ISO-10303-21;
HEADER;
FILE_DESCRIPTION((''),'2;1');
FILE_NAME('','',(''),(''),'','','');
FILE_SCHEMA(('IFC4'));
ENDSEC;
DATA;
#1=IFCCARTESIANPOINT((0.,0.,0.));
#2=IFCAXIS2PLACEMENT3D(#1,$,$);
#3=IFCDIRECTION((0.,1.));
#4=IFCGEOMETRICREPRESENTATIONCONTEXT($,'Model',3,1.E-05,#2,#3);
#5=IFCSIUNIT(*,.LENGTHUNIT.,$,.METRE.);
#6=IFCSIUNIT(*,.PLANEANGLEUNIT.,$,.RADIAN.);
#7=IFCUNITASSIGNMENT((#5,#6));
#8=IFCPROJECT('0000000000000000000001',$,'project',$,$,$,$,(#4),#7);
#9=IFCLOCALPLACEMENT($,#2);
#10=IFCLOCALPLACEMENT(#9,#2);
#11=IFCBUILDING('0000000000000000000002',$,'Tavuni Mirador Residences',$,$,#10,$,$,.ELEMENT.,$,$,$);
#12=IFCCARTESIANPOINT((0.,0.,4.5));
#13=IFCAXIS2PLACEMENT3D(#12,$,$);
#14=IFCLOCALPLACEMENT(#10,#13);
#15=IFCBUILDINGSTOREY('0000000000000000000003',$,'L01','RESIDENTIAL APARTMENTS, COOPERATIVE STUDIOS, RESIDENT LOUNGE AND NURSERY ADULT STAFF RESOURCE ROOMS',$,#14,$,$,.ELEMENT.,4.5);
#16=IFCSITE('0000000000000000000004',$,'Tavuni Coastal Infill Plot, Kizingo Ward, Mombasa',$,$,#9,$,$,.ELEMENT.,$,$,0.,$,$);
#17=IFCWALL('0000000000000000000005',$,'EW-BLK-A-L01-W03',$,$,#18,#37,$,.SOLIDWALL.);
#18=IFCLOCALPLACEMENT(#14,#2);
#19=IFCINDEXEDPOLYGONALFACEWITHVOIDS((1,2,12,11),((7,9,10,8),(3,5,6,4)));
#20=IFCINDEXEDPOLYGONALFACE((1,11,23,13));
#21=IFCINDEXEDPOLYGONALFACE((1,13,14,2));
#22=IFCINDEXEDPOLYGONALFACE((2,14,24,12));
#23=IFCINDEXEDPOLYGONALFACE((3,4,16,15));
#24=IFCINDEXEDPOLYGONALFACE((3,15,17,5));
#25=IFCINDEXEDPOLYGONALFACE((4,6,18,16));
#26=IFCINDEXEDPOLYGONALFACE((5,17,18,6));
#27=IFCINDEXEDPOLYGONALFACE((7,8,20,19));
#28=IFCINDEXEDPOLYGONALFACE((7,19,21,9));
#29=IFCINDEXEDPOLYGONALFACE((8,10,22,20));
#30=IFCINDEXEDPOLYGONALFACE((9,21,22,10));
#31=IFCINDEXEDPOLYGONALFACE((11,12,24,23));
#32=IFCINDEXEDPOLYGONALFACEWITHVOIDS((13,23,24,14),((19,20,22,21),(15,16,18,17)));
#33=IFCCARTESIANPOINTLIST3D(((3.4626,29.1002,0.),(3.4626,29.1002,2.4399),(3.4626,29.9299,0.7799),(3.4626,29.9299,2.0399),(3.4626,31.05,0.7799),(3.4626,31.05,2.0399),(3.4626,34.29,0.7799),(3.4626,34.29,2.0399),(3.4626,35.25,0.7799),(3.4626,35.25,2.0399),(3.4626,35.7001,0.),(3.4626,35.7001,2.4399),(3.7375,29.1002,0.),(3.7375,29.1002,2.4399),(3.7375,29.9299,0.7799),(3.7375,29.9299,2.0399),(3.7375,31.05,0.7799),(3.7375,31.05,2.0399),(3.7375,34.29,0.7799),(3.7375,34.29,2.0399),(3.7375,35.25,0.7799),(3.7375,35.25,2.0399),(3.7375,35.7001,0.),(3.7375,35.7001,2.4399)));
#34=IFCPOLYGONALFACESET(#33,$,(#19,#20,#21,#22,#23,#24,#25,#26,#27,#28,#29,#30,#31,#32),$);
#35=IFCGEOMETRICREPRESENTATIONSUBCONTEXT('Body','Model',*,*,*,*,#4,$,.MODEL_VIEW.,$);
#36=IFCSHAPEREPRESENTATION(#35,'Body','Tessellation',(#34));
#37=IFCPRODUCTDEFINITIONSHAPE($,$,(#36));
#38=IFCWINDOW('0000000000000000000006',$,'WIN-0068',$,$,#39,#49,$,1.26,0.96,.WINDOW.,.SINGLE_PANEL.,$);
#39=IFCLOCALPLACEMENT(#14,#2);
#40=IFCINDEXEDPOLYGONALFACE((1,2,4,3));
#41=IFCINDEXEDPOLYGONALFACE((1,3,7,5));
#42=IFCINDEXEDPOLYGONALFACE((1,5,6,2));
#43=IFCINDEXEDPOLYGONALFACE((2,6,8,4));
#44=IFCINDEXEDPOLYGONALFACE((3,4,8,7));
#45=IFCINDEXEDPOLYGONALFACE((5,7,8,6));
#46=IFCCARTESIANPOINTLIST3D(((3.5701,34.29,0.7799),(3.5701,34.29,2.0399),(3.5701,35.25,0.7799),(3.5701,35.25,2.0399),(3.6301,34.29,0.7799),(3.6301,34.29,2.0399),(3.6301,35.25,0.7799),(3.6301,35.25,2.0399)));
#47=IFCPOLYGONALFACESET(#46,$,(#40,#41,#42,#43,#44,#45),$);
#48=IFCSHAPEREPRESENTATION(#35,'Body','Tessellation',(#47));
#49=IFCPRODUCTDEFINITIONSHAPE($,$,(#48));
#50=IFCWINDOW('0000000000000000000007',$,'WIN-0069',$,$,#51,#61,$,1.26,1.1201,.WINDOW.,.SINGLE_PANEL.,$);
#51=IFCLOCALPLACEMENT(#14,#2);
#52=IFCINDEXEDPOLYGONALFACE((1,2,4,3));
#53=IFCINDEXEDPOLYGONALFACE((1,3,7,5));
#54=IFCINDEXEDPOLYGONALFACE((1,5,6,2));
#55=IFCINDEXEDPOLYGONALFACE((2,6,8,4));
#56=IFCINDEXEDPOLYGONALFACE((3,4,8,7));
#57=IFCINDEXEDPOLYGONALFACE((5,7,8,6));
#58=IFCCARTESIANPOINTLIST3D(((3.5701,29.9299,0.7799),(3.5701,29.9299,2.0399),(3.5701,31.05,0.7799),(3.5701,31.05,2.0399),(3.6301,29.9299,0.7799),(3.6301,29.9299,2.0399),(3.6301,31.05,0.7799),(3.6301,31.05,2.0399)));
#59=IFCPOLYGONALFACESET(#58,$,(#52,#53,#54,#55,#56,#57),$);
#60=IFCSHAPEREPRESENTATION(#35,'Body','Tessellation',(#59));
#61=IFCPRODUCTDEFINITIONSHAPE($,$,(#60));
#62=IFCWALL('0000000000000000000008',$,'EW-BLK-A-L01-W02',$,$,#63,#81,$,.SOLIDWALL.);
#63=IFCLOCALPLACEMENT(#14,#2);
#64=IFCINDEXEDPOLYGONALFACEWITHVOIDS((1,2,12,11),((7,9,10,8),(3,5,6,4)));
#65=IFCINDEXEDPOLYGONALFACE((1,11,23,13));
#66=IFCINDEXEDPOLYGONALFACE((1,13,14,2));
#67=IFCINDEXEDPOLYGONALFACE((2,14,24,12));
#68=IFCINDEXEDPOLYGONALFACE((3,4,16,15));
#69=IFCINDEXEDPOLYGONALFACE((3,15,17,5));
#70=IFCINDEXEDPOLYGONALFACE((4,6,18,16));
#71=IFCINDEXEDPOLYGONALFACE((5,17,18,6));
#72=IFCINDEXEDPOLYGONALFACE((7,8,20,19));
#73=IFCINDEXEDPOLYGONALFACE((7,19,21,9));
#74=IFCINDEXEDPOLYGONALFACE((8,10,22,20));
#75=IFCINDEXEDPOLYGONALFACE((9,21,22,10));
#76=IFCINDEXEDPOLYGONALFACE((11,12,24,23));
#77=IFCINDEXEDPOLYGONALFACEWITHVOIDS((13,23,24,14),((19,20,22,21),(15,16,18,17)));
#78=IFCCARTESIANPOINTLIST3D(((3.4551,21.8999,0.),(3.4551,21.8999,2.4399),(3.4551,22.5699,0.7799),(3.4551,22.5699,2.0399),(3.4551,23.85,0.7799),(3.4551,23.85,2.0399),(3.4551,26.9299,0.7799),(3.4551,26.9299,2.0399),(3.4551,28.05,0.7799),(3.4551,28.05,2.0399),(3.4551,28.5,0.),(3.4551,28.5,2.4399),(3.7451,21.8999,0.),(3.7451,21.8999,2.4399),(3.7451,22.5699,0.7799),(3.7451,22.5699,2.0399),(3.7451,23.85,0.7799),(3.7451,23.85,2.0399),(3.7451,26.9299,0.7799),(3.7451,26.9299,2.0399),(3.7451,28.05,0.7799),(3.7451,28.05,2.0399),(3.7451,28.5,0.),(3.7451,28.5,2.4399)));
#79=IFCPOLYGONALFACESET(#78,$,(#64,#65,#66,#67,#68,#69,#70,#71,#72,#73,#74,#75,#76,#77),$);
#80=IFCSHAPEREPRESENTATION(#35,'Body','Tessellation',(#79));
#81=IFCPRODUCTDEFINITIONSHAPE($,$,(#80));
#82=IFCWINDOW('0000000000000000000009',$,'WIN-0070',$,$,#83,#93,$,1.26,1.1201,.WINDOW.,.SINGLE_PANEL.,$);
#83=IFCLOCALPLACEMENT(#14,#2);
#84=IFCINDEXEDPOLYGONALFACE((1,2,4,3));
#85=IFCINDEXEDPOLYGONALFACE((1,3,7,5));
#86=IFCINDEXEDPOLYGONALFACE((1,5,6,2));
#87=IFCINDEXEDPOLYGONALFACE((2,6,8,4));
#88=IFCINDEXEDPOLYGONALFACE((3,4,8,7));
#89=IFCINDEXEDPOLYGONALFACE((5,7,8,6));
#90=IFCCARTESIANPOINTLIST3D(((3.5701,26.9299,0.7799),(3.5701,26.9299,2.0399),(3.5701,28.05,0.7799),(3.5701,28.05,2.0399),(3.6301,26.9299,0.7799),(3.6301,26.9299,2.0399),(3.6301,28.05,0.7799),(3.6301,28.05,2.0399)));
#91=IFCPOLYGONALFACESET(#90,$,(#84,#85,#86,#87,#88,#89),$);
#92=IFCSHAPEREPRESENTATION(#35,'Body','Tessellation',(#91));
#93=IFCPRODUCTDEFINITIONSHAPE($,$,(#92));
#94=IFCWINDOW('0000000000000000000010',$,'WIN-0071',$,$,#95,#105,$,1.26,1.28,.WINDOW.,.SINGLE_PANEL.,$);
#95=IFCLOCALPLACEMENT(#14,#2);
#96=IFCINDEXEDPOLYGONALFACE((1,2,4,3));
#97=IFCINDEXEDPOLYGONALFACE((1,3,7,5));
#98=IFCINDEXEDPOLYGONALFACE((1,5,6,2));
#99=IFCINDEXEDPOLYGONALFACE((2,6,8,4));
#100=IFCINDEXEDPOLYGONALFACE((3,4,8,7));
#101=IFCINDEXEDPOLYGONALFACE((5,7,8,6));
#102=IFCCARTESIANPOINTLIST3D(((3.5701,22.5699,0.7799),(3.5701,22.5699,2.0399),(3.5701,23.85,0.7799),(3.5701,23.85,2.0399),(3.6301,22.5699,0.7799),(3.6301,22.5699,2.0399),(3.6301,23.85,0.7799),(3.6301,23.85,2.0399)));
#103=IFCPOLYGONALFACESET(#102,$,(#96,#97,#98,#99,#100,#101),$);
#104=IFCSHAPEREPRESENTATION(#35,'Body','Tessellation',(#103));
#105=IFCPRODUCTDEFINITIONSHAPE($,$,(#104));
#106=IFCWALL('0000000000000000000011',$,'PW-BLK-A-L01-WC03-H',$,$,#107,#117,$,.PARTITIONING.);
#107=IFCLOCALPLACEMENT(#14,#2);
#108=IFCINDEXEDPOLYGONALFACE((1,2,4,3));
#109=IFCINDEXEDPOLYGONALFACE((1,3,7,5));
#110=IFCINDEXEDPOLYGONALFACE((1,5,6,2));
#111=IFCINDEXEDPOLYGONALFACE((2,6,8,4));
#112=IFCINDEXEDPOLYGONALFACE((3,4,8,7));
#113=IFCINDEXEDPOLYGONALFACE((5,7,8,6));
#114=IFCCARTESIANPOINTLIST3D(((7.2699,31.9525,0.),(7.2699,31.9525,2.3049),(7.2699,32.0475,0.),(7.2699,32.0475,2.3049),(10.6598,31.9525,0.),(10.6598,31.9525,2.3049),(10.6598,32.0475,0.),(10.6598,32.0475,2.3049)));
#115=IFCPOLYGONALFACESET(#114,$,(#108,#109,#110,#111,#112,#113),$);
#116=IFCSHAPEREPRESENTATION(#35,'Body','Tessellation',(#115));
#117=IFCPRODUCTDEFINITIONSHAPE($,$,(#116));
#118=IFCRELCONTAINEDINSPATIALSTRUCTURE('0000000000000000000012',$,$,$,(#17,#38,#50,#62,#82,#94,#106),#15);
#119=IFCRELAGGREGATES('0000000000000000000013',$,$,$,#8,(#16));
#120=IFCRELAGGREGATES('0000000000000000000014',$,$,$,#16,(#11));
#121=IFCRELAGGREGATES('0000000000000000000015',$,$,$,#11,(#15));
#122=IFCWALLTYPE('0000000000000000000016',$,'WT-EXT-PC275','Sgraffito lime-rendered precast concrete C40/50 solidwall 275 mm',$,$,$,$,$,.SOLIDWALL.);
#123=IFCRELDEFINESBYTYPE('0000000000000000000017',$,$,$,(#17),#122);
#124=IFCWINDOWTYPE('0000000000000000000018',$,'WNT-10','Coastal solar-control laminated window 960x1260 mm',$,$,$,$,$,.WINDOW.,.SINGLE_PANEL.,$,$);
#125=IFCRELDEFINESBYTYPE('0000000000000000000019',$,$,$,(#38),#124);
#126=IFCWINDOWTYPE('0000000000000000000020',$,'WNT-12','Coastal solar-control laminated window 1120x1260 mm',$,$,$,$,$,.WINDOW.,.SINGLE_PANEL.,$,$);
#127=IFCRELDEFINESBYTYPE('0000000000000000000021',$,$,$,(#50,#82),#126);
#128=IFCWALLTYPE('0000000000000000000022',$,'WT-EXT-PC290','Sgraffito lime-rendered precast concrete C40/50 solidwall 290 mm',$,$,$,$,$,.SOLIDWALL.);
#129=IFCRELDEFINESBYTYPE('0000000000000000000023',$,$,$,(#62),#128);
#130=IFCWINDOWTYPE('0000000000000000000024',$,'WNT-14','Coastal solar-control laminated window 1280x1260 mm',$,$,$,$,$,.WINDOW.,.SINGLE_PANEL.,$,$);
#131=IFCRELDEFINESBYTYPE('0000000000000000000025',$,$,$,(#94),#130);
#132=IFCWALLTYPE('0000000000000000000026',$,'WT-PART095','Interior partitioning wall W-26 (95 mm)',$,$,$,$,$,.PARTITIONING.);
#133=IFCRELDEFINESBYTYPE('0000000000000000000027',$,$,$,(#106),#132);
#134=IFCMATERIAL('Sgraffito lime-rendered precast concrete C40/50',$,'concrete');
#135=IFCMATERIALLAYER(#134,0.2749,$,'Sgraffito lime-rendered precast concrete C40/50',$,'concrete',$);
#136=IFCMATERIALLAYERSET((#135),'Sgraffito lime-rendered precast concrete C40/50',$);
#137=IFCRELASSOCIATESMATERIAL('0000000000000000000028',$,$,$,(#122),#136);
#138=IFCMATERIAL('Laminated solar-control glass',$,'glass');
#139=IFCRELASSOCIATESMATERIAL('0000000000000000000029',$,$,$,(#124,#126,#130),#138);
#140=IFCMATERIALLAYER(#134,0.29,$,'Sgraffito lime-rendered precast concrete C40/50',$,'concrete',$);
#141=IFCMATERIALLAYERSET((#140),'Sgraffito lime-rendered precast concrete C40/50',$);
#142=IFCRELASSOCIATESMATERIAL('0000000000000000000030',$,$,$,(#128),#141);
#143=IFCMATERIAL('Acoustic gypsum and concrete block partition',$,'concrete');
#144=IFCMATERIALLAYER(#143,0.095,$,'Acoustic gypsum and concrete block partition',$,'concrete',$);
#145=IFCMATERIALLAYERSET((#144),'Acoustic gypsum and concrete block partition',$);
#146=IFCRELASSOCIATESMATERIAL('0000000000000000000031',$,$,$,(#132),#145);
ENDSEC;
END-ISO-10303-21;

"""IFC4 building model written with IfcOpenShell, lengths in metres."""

from ifc_helpers import new_model, si_unit, direction, frame, frame_2d, origin, place, context, subcontext, project, spatial, rectangle, extrude, material, layer, layer_set, type_object, element, fill, save


model = new_model("IFC4")

# Units and contexts
model_context = context("Model", 3, precision=1e-05, world=origin(), true_north=direction((0.0, 1.0)))
body_context = subcontext(model_context, "Body", "Model", "MODEL_VIEW")
ifc_project = project(units=[si_unit("LENGTHUNIT", "METRE"), si_unit("PLANEANGLEUNIT", "RADIAN")], contexts=[model_context])

# Site, building, storey
site_placement = place(None, origin())
site = spatial("IfcSite", under=ifc_project, at=site_placement, Name="Tavuni Coastal Infill Plot, Kizingo Ward, Mombasa", CompositionType="ELEMENT", RefElevation=0.0)
building_placement = place(site_placement, origin())
building = spatial("IfcBuilding", under=site, at=building_placement, Name="Tavuni Mirador Residences", CompositionType="ELEMENT")
storey_placement = place(building_placement, frame((0.0, 0.0, 4.5)))
storey = spatial("IfcBuildingStorey", under=building, at=storey_placement, Name="L01", Description="RESIDENTIAL APARTMENTS, COOPERATIVE STUDIOS, RESIDENT LOUNGE AND NURSERY ADULT STAFF RESOURCE ROOMS", CompositionType="ELEMENT", Elevation=4.5)

# Walls, openings, windows
ifc_material_1 = material(Name="Sgraffito lime-rendered precast concrete C40/50", Category="concrete")
ifc_layer_1 = layer(ifc_material_1, 0.2749, Name="Sgraffito lime-rendered precast concrete C40/50", Category="concrete")
ifc_layer_set_1 = layer_set([ifc_layer_1], Name="Sgraffito lime-rendered precast concrete C40/50")
wall_type_1 = type_object("IfcWallType", Name="WT-EXT-PC275", Description="Sgraffito lime-rendered precast concrete C40/50 solidwall 275 mm", PredefinedType="SOLIDWALL", material=ifc_layer_set_1)
wall_1_placement = place(storey_placement, frame((3.6001, 35.7, 0.0), z_axis=(0.0, 0.0, 1.0), x_axis=(0.0, -1.0, 0.0)))
wall_1 = element("IfcWall", 1, at=wall_1_placement, inside=storey, type_object=wall_type_1, Name="EW-BLK-A-L01-W03", PredefinedType="SOLIDWALL", context=body_context, shape_type="SweptSolid", body=[
    extrude(rectangle(XDim=6.5999, YDim=0.2749, at=frame_2d((3.2998, 0.0))), origin(), (0.0, 0.0, 1.0), 2.4399),
])
opening_1_placement = place(wall_1_placement, frame((0.45, 0.0, 0.78)))
opening_1 = element("IfcOpeningElement", 2, at=opening_1_placement, cuts=wall_1, PredefinedType="OPENING", context=body_context, shape_type="SweptSolid", body=[
    extrude(rectangle(XDim=0.96, YDim=1.26, at=frame_2d((0.48, 0.6299))), frame((0.0, 0.1475, 0.0), z_axis=(0.0, -1.0, 0.0), x_axis=(1.0, 0.0, 0.0)), (0.0, 0.0, 1.0), 0.2949),
])
opening_2_placement = place(wall_1_placement, frame((4.6499, 0.0, 0.78)))
opening_2 = element("IfcOpeningElement", 3, at=opening_2_placement, cuts=wall_1, PredefinedType="OPENING", context=body_context, shape_type="SweptSolid", body=[
    extrude(rectangle(XDim=1.1201, YDim=1.26, at=frame_2d((0.5601, 0.6299))), frame((0.0, 0.1475, 0.0), z_axis=(0.0, -1.0, 0.0), x_axis=(1.0, 0.0, 0.0)), (0.0, 0.0, 1.0), 0.2949),
])
ifc_material_2 = material(Name="Laminated solar-control glass", Category="glass")
window_type_1 = type_object("IfcWindowType", Name="WNT-10", Description="Coastal solar-control laminated window 960x1260 mm", PartitioningType="SINGLE_PANEL", PredefinedType="WINDOW", material=ifc_material_2)
window_1_placement = place(opening_1_placement, origin())
window_1 = element("IfcWindow", 4, at=window_1_placement, inside=storey, type_object=window_type_1, Name="WIN-0068", OverallHeight=1.26, OverallWidth=0.96, PartitioningType="SINGLE_PANEL", PredefinedType="WINDOW", context=body_context, shape_type="SweptSolid", body=[
    extrude(rectangle(XDim=0.96, YDim=1.26, at=frame_2d((0.48, 0.6299))), frame((0.0, 0.03, 0.0), z_axis=(0.0, -1.0, 0.0), x_axis=(1.0, 0.0, 0.0)), (0.0, 0.0, 1.0), 0.0601),
])
fill(opening_1, window_1)
window_type_2 = type_object("IfcWindowType", Name="WNT-12", Description="Coastal solar-control laminated window 1120x1260 mm", PartitioningType="SINGLE_PANEL", PredefinedType="WINDOW", material=ifc_material_2)
window_2_placement = place(opening_2_placement, origin())
window_2 = element("IfcWindow", 5, at=window_2_placement, inside=storey, type_object=window_type_2, Name="WIN-0069", OverallHeight=1.26, OverallWidth=1.1201, PartitioningType="SINGLE_PANEL", PredefinedType="WINDOW", context=body_context, shape_type="SweptSolid", body=[
    extrude(rectangle(XDim=1.1201, YDim=1.26, at=frame_2d((0.5601, 0.6299))), frame((0.0, 0.03, 0.0), z_axis=(0.0, -1.0, 0.0), x_axis=(1.0, 0.0, 0.0)), (0.0, 0.0, 1.0), 0.0601),
])
fill(opening_2, window_2)
ifc_layer_2 = layer(ifc_material_1, 0.29, Name="Sgraffito lime-rendered precast concrete C40/50", Category="concrete")
ifc_layer_set_2 = layer_set([ifc_layer_2], Name="Sgraffito lime-rendered precast concrete C40/50")
wall_type_2 = type_object("IfcWallType", Name="WT-EXT-PC290", Description="Sgraffito lime-rendered precast concrete C40/50 solidwall 290 mm", PredefinedType="SOLIDWALL", material=ifc_layer_set_2)
wall_2_placement = place(storey_placement, frame((3.6001, 28.5, 0.0), z_axis=(0.0, 0.0, 1.0), x_axis=(0.0, -1.0, 0.0)))
wall_2 = element("IfcWall", 6, at=wall_2_placement, inside=storey, type_object=wall_type_2, Name="EW-BLK-A-L01-W02", PredefinedType="SOLIDWALL", context=body_context, shape_type="SweptSolid", body=[
    extrude(rectangle(XDim=6.6001, YDim=0.29, at=frame_2d((3.3, 0.0))), origin(), (0.0, 0.0, 1.0), 2.4399),
])
opening_3_placement = place(wall_2_placement, frame((0.45, 0.0, 0.78)))
opening_3 = element("IfcOpeningElement", 7, at=opening_3_placement, cuts=wall_2, PredefinedType="OPENING", context=body_context, shape_type="SweptSolid", body=[
    extrude(rectangle(XDim=1.1201, YDim=1.26, at=frame_2d((0.5601, 0.6299))), frame((0.0, 0.155, 0.0), z_axis=(0.0, -1.0, 0.0), x_axis=(1.0, 0.0, 0.0)), (0.0, 0.0, 1.0), 0.3101),
])
opening_4_placement = place(wall_2_placement, frame((4.6499, 0.0, 0.78)))
opening_4 = element("IfcOpeningElement", 8, at=opening_4_placement, cuts=wall_2, PredefinedType="OPENING", context=body_context, shape_type="SweptSolid", body=[
    extrude(rectangle(XDim=1.28, YDim=1.26, at=frame_2d((0.6401, 0.6299))), frame((0.0, 0.155, 0.0), z_axis=(0.0, -1.0, 0.0), x_axis=(1.0, 0.0, 0.0)), (0.0, 0.0, 1.0), 0.3101),
])
window_3_placement = place(opening_3_placement, origin())
window_3 = element("IfcWindow", 9, at=window_3_placement, inside=storey, type_object=window_type_2, Name="WIN-0070", OverallHeight=1.26, OverallWidth=1.1201, PartitioningType="SINGLE_PANEL", PredefinedType="WINDOW", context=body_context, shape_type="SweptSolid", body=[
    extrude(rectangle(XDim=1.1201, YDim=1.26, at=frame_2d((0.5601, 0.6299))), frame((0.0, 0.03, 0.0), z_axis=(0.0, -1.0, 0.0), x_axis=(1.0, 0.0, 0.0)), (0.0, 0.0, 1.0), 0.0601),
])
fill(opening_3, window_3)
window_type_3 = type_object("IfcWindowType", Name="WNT-14", Description="Coastal solar-control laminated window 1280x1260 mm", PartitioningType="SINGLE_PANEL", PredefinedType="WINDOW", material=ifc_material_2)
window_4_placement = place(opening_4_placement, origin())
window_4 = element("IfcWindow", 10, at=window_4_placement, inside=storey, type_object=window_type_3, Name="WIN-0071", OverallHeight=1.26, OverallWidth=1.28, PartitioningType="SINGLE_PANEL", PredefinedType="WINDOW", context=body_context, shape_type="SweptSolid", body=[
    extrude(rectangle(XDim=1.28, YDim=1.26, at=frame_2d((0.6401, 0.6299))), frame((0.0, 0.03, 0.0), z_axis=(0.0, -1.0, 0.0), x_axis=(1.0, 0.0, 0.0)), (0.0, 0.0, 1.0), 0.0601),
])
fill(opening_4, window_4)

# Wall
ifc_material_3 = material(Name="Acoustic gypsum and concrete block partition", Category="concrete")
ifc_layer_3 = layer(ifc_material_3, 0.095, Name="Acoustic gypsum and concrete block partition", Category="concrete")
ifc_layer_set_3 = layer_set([ifc_layer_3], Name="Acoustic gypsum and concrete block partition")
wall_type_3 = type_object("IfcWallType", Name="WT-PART095", Description="Interior partitioning wall W-26 (95 mm)", PredefinedType="PARTITIONING", material=ifc_layer_set_3)
wall_3_placement = place(storey_placement, frame((7.27, 32.0, 0.0), z_axis=(0.0, 0.0, 1.0), x_axis=(1.0, 0.0, 0.0)))
element("IfcWall", 11, at=wall_3_placement, inside=storey, type_object=wall_type_3, Name="PW-BLK-A-L01-WC03-H", PredefinedType="PARTITIONING", context=body_context, shape_type="SweptSolid", body=[
    extrude(rectangle(XDim=3.3899, YDim=0.095, at=frame_2d((1.6948, 0.0))), origin(), (0.0, 0.0, 1.0), 2.3049),
])

save(model, "model.ifc")
